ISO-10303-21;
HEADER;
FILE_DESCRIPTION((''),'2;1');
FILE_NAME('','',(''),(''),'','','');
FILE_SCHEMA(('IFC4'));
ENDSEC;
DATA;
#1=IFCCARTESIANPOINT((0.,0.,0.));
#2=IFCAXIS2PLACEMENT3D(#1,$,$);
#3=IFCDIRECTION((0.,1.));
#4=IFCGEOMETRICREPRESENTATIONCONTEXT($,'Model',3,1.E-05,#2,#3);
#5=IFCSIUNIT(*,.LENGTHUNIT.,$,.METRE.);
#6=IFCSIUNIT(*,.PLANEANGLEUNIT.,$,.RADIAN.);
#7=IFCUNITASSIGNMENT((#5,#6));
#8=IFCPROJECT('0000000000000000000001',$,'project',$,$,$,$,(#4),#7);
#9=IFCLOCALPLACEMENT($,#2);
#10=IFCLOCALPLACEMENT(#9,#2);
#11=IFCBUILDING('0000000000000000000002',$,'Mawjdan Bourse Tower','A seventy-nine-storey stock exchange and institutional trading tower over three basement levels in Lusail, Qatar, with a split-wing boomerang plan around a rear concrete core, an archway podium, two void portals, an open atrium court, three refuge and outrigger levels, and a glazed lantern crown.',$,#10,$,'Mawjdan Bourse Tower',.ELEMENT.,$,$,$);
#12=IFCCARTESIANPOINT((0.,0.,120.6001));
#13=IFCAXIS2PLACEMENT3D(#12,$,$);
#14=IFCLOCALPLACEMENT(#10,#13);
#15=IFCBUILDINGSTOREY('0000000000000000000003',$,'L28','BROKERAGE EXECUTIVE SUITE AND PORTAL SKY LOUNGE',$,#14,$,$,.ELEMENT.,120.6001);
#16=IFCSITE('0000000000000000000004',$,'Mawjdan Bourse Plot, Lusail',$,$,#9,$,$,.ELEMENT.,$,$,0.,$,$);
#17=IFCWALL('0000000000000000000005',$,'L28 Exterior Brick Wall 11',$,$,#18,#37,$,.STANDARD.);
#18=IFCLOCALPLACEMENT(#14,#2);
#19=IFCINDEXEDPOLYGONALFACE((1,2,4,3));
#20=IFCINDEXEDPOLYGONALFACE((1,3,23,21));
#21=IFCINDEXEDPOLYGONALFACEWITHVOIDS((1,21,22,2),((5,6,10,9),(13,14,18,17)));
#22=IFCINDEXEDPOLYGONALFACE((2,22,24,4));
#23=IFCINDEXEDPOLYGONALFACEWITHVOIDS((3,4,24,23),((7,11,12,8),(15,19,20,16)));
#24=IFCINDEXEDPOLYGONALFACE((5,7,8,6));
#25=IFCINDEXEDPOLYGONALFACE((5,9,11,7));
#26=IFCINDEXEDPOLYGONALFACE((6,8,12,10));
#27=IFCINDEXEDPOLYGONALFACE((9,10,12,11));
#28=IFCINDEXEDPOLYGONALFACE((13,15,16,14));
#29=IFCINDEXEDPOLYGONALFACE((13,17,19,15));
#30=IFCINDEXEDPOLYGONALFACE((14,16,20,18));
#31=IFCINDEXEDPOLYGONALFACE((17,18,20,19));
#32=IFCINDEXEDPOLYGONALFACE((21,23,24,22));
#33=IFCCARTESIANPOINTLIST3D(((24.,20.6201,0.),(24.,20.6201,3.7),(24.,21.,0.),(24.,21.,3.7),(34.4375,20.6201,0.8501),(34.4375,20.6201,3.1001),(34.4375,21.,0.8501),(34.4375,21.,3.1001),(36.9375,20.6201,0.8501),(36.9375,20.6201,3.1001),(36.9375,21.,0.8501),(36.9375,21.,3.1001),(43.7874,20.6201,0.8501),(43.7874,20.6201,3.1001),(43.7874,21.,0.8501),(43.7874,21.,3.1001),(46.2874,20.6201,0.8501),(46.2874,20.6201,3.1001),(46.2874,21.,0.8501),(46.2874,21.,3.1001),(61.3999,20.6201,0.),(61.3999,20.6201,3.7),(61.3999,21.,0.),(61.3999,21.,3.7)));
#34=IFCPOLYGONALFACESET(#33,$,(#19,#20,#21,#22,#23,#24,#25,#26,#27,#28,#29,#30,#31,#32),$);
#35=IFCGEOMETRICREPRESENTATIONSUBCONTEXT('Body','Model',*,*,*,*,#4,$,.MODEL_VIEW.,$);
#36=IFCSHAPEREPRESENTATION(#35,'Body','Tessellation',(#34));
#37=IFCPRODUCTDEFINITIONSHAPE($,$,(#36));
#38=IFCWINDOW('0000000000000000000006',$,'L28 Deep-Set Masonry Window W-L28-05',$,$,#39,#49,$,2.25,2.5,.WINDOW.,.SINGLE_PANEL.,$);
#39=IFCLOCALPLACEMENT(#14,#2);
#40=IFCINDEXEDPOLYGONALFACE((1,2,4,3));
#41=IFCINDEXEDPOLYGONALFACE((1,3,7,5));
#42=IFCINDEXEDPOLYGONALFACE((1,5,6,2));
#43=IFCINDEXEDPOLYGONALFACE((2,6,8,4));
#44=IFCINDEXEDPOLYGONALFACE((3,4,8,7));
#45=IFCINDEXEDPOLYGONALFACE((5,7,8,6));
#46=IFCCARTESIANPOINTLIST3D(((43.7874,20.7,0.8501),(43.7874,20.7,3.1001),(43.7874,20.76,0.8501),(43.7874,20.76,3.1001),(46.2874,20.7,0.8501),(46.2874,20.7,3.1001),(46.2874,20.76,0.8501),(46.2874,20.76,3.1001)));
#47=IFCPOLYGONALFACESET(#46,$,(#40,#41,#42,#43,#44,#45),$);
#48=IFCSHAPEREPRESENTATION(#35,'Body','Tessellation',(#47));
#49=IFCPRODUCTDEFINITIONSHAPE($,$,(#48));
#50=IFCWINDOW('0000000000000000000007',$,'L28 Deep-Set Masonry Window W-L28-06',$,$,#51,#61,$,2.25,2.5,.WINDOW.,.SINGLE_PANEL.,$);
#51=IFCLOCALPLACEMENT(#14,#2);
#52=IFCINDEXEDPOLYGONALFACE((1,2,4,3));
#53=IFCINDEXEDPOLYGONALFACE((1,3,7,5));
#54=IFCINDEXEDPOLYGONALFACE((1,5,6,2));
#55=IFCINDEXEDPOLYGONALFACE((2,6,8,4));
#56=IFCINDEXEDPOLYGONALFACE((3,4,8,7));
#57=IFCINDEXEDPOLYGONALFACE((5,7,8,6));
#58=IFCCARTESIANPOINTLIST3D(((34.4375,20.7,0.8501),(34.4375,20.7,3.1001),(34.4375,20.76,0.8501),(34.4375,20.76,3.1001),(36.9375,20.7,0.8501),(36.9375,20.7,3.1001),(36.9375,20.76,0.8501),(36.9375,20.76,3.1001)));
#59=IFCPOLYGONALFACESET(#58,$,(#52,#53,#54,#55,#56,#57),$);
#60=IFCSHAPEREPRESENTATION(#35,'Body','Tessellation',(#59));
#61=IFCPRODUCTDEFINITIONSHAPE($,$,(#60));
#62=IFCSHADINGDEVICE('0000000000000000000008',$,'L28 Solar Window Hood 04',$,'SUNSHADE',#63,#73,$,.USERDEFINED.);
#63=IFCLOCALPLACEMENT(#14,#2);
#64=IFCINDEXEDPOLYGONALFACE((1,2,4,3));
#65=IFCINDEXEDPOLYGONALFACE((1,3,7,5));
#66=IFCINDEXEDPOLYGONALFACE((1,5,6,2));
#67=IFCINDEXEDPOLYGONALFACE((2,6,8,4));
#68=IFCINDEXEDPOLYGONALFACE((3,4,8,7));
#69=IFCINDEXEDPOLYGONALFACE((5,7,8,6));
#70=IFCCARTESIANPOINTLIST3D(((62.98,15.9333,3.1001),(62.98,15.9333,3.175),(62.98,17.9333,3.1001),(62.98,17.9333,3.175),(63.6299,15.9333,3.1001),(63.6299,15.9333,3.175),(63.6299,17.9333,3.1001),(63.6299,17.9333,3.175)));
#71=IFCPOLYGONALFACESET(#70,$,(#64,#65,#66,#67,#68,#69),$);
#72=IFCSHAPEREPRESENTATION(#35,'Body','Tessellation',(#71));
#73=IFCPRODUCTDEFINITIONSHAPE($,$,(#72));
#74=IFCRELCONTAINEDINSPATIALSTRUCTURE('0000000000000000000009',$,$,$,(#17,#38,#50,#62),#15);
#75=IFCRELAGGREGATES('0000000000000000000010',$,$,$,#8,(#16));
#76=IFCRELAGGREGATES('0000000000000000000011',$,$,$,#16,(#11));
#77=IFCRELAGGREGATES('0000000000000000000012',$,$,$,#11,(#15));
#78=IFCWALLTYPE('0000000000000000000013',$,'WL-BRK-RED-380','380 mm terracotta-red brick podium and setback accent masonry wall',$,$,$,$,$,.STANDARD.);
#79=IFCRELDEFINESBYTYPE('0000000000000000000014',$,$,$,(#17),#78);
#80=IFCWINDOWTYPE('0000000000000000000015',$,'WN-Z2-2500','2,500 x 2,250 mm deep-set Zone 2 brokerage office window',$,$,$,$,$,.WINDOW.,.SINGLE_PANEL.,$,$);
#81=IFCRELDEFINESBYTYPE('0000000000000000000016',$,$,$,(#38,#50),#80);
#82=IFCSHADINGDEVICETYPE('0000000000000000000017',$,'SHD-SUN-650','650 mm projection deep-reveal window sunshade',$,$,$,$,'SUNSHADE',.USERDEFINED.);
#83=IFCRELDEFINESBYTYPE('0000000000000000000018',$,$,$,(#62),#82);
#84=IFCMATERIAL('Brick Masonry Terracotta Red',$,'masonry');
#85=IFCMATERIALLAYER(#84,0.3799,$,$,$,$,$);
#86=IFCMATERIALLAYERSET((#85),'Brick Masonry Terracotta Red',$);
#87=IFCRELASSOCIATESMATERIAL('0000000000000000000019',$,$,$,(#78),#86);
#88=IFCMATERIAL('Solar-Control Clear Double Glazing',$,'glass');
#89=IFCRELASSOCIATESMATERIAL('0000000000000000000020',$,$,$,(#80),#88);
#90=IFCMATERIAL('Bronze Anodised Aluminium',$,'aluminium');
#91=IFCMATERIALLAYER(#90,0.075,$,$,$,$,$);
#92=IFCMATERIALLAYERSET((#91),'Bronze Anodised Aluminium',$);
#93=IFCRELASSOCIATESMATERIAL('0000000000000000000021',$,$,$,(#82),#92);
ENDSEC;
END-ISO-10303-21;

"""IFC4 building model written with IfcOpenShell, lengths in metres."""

from ifc_helpers import new_model, si_unit, direction, frame, frame_2d, origin, origin_2d, place, context, subcontext, project, spatial, rectangle, extrude, material, layer, layer_set, type_object, element, fill, save


model = new_model("IFC4")

# Units and contexts
model_context = context("Model", 3, precision=1e-05, world=origin(), true_north=direction((0.0, 1.0)))
body_context = subcontext(model_context, "Body", "Model", "MODEL_VIEW")
ifc_project = project(units=[si_unit("LENGTHUNIT", "METRE"), si_unit("PLANEANGLEUNIT", "RADIAN")], contexts=[model_context])

# Site, building, storey
site_placement = place(None, origin())
site = spatial("IfcSite", under=ifc_project, at=site_placement, Name="Mawjdan Bourse Plot, Lusail", CompositionType="ELEMENT", RefElevation=0.0)
building_placement = place(site_placement, origin())
building = spatial("IfcBuilding", under=site, at=building_placement, Name="Mawjdan Bourse Tower", Description="A seventy-nine-storey stock exchange and institutional trading tower over three basement levels in Lusail, Qatar, with a split-wing boomerang plan around a rear concrete core, an archway podium, two void portals, an open atrium court, three refuge and outrigger levels, and a glazed lantern crown.", LongName="Mawjdan Bourse Tower", CompositionType="ELEMENT")
storey_placement = place(building_placement, frame((0.0, 0.0, 120.6001)))
storey = spatial("IfcBuildingStorey", under=building, at=storey_placement, Name="L28", Description="BROKERAGE EXECUTIVE SUITE AND PORTAL SKY LOUNGE", CompositionType="ELEMENT", Elevation=120.6001)

# Shared definitions
ifc_material_1 = material(Name="Brick Masonry Terracotta Red", Category="masonry")
ifc_layer_1 = layer(ifc_material_1, 0.3799)
ifc_layer_set_1 = layer_set([ifc_layer_1], Name="Brick Masonry Terracotta Red")
wall_type_1 = type_object("IfcWallType", Name="WL-BRK-RED-380", Description="380 mm terracotta-red brick podium and setback accent masonry wall", PredefinedType="STANDARD", material=ifc_layer_set_1)

# Wall, openings, windows
wall_1_placement = place(storey_placement, frame((61.3999, 20.8101, 0.0), z_axis=(0.0, 0.0, 1.0), x_axis=(-1.0, 0.0, 0.0)))
wall_1 = element("IfcWall", 1, at=wall_1_placement, inside=storey, type_object=wall_type_1, Name="L28 Exterior Brick Wall 11", PredefinedType="STANDARD", context=body_context, shape_type="SweptSolid", body=[
    extrude(rectangle(XDim=37.3999, YDim=0.3799, at=frame_2d((18.7, 0.0))), origin(), (0.0, 0.0, 1.0), 3.7),
])
opening_1_placement = place(wall_1_placement, frame((15.1125, 0.0, 0.8501)))
opening_1 = element("IfcOpeningElement", 2, at=opening_1_placement, cuts=wall_1, PredefinedType="OPENING", context=body_context, shape_type="SweptSolid", body=[
    extrude(rectangle(XDim=2.5, YDim=2.25, at=frame_2d((1.25, 1.125))), frame((0.0, 0.2, 0.0), z_axis=(0.0, -1.0, 0.0), x_axis=(1.0, 0.0, 0.0)), (0.0, 0.0, 1.0), 0.3999),
])
opening_2_placement = place(wall_1_placement, frame((24.4624, 0.0, 0.8501)))
opening_2 = element("IfcOpeningElement", 3, at=opening_2_placement, cuts=wall_1, PredefinedType="OPENING", context=body_context, shape_type="SweptSolid", body=[
    extrude(rectangle(XDim=2.5, YDim=2.25, at=frame_2d((1.25, 1.125))), frame((0.0, 0.2, 0.0), z_axis=(0.0, -1.0, 0.0), x_axis=(1.0, 0.0, 0.0)), (0.0, 0.0, 1.0), 0.3999),
])
ifc_material_2 = material(Name="Solar-Control Clear Double Glazing", Category="glass")
window_type = type_object("IfcWindowType", Name="WN-Z2-2500", Description="2,500 x 2,250 mm deep-set Zone 2 brokerage office window", PartitioningType="SINGLE_PANEL", PredefinedType="WINDOW", material=ifc_material_2)
window_1_placement = place(opening_1_placement, origin())
window_1 = element("IfcWindow", 4, at=window_1_placement, inside=storey, type_object=window_type, Name="L28 Deep-Set Masonry Window W-L28-05", OverallHeight=2.25, OverallWidth=2.5, PartitioningType="SINGLE_PANEL", PredefinedType="WINDOW", context=body_context, shape_type="SweptSolid", body=[
    extrude(rectangle(XDim=2.5, YDim=2.25, at=frame_2d((1.25, 1.125))), frame((0.0, 0.1101, 0.0), z_axis=(0.0, -1.0, 0.0), x_axis=(1.0, 0.0, 0.0)), (0.0, 0.0, 1.0), 0.0601),
])
fill(opening_1, window_1)
window_2_placement = place(opening_2_placement, origin())
window_2 = element("IfcWindow", 5, at=window_2_placement, inside=storey, type_object=window_type, Name="L28 Deep-Set Masonry Window W-L28-06", OverallHeight=2.25, OverallWidth=2.5, PartitioningType="SINGLE_PANEL", PredefinedType="WINDOW", context=body_context, shape_type="SweptSolid", body=[
    extrude(rectangle(XDim=2.5, YDim=2.25, at=frame_2d((1.25, 1.125))), frame((0.0, 0.1101, 0.0), z_axis=(0.0, -1.0, 0.0), x_axis=(1.0, 0.0, 0.0)), (0.0, 0.0, 1.0), 0.0601),
])
fill(opening_2, window_2)

# Shading device
ifc_material_3 = material(Name="Bronze Anodised Aluminium", Category="aluminium")
ifc_layer_2 = layer(ifc_material_3, 0.075)
ifc_layer_set_2 = layer_set([ifc_layer_2], Name="Bronze Anodised Aluminium")
shading_device_type = type_object("IfcShadingDeviceType", Name="SHD-SUN-650", Description="650 mm projection deep-reveal window sunshade", ElementType="SUNSHADE", PredefinedType="USERDEFINED", material=ifc_layer_set_2)
shading_device_placement = place(storey_placement, frame((63.3049, 16.9333, 3.1001), z_axis=(0.0, 0.0, 1.0), x_axis=(0.0, 1.0, 0.0)))
element("IfcShadingDevice", 6, at=shading_device_placement, inside=storey, type_object=shading_device_type, Name="L28 Solar Window Hood 04", ObjectType="SUNSHADE", PredefinedType="USERDEFINED", context=body_context, shape_type="SweptSolid", body=[
    extrude(rectangle(XDim=2.0, YDim=0.6499, at=origin_2d()), origin(), (0.0, 0.0, 1.0), 0.075),
])

save(model, "model.ifc")
